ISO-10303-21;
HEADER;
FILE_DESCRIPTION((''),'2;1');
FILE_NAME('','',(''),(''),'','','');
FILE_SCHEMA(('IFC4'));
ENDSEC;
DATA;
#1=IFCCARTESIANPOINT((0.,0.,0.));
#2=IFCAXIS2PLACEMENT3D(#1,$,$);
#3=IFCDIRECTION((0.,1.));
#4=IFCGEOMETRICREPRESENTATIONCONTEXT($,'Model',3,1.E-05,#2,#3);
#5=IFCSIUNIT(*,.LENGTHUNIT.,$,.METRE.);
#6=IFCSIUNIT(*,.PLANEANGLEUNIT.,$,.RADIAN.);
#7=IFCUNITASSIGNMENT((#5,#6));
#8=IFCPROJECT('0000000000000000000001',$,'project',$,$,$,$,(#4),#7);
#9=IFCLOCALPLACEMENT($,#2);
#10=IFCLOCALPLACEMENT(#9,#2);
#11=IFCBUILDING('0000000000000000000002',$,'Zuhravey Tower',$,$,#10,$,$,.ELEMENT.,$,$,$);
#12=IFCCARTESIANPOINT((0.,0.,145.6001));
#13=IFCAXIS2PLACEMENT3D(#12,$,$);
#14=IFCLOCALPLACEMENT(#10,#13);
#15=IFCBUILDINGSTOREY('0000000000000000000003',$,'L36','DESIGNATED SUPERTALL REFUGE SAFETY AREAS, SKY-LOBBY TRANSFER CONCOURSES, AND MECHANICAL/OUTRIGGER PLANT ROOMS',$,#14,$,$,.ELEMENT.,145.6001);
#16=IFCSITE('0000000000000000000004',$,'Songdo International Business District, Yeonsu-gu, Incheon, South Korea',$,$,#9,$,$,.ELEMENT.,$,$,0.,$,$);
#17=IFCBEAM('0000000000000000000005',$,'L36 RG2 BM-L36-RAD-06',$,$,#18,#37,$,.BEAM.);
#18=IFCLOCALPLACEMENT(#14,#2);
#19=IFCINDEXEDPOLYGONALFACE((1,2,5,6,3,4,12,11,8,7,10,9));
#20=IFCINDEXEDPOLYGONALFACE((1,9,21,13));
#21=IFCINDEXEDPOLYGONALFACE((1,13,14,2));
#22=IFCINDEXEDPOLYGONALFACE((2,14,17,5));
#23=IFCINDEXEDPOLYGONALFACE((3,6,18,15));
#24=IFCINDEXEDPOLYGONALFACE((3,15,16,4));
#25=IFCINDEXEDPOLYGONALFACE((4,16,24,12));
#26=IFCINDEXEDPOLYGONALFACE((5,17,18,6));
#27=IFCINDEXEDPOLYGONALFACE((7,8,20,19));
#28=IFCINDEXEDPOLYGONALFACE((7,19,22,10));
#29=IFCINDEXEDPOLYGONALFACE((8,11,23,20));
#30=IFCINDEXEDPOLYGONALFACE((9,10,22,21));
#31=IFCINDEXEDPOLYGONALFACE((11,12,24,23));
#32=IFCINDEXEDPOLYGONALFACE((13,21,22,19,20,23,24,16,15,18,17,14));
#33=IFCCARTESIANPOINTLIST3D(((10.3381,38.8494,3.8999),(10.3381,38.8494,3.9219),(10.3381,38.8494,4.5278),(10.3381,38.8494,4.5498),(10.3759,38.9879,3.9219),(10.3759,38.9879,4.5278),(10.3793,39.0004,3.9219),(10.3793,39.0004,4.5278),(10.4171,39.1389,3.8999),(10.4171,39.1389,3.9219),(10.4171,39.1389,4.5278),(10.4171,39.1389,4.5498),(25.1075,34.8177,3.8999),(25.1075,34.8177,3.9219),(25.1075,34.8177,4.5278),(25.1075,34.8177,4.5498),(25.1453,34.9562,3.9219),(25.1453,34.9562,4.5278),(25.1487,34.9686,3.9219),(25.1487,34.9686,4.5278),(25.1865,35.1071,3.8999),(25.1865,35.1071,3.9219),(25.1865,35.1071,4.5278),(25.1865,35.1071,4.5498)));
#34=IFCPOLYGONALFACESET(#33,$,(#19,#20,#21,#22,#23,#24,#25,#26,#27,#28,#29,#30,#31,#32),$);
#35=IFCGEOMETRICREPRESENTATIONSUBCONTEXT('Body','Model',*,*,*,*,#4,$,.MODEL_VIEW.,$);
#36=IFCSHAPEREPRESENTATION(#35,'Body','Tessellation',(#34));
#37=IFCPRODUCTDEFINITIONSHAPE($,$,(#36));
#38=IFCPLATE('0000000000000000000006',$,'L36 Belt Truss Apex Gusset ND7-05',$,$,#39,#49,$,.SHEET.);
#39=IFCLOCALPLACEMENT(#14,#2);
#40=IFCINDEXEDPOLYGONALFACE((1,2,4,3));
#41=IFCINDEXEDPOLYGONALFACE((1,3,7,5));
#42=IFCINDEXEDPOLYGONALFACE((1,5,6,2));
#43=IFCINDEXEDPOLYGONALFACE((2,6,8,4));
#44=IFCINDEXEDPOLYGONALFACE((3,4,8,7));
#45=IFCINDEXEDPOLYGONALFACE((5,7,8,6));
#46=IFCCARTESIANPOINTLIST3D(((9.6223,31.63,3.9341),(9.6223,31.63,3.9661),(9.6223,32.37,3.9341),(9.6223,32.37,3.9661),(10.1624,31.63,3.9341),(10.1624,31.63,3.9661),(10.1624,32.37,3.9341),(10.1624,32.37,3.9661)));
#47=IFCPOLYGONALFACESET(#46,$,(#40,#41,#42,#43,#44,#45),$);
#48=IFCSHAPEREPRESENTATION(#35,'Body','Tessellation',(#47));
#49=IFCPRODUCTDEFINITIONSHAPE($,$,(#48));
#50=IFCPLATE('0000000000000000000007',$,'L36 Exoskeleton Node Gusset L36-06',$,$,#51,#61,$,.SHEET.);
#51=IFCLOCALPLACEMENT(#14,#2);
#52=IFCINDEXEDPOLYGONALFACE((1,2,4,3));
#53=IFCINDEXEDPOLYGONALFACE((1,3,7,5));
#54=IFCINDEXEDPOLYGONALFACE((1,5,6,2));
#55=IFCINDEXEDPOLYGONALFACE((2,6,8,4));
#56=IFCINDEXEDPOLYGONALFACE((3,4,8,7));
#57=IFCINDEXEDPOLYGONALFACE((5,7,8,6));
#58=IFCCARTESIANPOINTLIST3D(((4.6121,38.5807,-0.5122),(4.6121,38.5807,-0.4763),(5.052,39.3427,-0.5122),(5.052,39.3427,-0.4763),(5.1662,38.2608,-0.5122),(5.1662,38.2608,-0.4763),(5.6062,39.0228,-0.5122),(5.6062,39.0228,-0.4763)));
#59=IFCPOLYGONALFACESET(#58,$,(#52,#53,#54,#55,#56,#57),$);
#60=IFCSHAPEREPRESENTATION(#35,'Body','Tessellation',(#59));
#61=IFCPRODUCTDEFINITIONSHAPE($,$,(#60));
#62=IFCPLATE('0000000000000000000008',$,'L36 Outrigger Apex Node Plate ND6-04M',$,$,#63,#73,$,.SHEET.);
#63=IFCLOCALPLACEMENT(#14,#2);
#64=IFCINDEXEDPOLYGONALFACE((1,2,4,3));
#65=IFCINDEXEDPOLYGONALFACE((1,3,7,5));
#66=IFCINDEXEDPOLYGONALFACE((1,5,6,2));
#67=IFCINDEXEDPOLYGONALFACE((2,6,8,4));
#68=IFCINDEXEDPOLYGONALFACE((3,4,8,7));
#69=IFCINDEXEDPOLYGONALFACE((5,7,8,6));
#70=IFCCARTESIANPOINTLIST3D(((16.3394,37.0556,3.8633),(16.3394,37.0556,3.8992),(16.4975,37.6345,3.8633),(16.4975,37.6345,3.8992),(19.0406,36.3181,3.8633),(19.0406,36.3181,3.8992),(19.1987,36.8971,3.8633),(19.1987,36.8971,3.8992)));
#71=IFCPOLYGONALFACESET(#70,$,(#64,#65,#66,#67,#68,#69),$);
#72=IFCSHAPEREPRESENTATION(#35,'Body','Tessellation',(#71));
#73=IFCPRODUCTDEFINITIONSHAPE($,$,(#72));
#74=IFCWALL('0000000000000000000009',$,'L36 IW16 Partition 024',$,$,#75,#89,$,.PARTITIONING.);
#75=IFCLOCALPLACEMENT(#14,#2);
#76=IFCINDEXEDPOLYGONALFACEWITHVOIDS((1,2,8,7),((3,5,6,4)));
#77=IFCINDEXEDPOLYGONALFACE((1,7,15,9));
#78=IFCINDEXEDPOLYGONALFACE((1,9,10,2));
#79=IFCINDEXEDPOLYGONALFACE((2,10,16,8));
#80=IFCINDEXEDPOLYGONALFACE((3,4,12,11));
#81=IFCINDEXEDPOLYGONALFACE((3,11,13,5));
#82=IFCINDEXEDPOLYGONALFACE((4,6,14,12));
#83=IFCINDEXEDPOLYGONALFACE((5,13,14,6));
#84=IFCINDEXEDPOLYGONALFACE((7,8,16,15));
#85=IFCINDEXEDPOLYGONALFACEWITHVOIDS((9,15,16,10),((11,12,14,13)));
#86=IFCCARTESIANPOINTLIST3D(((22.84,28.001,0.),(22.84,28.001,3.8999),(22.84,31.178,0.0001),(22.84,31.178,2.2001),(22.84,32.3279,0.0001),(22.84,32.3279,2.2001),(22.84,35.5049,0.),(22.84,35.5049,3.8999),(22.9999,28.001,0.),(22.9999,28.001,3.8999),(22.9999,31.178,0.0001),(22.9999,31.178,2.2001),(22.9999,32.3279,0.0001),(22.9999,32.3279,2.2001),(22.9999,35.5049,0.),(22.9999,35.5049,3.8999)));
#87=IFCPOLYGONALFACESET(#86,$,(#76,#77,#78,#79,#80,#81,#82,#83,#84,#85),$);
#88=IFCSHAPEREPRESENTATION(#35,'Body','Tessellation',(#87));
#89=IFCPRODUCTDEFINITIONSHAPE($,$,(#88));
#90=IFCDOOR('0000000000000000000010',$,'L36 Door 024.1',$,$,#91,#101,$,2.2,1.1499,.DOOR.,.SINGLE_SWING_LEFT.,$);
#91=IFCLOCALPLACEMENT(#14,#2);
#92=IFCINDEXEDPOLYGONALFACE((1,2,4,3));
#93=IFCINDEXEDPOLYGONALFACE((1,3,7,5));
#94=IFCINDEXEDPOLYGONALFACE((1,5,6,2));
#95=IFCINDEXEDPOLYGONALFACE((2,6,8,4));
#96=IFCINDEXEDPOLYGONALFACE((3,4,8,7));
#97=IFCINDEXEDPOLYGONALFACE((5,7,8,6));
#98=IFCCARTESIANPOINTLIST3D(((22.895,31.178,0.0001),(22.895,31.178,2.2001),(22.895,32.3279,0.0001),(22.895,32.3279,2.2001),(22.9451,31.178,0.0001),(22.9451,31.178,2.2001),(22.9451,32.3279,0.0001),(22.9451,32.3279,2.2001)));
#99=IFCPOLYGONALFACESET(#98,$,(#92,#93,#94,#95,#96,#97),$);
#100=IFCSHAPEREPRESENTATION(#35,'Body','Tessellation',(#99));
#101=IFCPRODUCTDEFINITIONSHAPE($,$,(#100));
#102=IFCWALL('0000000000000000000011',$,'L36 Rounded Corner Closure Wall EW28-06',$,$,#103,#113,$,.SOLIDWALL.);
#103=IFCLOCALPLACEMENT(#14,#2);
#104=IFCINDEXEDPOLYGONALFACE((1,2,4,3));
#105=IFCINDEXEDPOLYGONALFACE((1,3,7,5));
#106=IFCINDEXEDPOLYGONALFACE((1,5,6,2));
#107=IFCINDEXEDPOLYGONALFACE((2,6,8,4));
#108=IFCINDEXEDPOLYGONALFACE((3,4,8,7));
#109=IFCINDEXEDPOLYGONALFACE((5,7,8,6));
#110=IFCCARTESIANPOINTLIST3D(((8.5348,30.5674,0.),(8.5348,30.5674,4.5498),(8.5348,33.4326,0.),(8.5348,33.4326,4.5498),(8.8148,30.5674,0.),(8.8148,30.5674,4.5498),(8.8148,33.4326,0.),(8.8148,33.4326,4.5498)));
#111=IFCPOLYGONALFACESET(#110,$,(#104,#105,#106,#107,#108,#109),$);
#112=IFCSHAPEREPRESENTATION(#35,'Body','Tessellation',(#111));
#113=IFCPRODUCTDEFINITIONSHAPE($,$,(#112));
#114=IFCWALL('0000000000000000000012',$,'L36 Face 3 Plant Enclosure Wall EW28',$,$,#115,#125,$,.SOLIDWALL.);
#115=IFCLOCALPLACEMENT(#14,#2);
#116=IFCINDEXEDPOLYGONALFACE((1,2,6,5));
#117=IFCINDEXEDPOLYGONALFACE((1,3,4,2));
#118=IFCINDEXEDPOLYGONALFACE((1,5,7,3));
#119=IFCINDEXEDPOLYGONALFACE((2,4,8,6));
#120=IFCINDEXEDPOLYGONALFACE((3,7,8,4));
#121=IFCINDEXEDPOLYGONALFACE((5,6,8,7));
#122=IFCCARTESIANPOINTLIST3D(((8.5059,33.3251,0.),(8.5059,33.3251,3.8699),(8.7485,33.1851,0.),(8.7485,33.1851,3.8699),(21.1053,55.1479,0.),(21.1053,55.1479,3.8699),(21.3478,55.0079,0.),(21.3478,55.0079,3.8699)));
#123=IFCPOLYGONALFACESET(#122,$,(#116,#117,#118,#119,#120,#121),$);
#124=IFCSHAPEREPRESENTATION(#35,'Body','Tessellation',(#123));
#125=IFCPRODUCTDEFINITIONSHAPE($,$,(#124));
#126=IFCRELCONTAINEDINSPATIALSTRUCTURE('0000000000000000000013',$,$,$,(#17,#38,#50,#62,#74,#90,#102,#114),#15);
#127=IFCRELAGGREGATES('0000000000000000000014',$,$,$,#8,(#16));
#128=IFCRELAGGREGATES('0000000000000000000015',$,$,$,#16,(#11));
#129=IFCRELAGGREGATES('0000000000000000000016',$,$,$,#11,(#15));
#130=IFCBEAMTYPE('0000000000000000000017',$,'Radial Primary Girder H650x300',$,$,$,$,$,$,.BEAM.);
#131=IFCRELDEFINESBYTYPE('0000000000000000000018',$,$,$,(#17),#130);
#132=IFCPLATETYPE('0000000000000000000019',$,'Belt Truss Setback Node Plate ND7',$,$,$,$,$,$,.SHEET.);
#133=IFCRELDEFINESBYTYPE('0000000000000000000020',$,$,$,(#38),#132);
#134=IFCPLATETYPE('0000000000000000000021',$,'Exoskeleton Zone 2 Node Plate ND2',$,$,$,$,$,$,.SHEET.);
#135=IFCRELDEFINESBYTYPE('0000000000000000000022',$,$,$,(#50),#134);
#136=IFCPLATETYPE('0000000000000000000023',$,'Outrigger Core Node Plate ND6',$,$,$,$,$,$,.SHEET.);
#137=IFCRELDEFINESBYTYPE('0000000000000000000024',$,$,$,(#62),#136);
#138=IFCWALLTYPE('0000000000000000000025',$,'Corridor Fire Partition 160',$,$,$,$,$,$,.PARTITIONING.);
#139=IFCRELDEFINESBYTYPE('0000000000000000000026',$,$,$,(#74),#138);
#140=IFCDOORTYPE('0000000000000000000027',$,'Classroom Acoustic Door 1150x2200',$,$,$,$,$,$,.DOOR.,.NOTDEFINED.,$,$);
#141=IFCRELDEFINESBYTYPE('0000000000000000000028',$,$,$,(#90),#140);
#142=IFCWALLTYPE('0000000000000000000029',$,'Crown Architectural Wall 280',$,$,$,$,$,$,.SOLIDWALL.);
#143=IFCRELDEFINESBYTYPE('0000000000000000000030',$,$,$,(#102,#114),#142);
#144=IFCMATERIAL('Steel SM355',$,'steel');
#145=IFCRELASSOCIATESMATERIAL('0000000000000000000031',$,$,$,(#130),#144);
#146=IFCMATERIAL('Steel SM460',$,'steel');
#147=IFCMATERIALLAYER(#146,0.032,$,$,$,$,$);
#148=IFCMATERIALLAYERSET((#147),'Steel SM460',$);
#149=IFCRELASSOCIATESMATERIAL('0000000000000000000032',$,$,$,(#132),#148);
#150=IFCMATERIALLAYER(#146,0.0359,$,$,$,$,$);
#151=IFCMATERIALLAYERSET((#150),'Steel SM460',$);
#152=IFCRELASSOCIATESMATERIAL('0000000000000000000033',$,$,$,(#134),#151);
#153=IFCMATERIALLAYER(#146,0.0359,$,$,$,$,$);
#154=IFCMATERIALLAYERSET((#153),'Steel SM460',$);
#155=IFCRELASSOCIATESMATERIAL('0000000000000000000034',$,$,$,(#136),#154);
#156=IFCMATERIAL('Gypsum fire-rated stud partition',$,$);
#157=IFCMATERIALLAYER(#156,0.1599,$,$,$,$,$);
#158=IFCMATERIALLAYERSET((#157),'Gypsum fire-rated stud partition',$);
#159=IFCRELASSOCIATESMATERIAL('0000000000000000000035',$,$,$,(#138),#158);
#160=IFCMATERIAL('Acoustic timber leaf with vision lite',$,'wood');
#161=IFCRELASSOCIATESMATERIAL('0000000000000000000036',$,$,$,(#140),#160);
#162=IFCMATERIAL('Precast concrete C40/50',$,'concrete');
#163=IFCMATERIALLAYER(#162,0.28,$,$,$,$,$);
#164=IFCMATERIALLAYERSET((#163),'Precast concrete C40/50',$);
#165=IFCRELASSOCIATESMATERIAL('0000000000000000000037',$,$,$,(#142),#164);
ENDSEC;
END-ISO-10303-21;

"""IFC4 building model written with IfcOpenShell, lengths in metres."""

from ifc_helpers import new_model, si_unit, direction, frame, frame_2d, origin, origin_2d, place, context, subcontext, project, spatial, rectangle, i_section, extrude, material, layer, layer_set, material_profile, profile_set, type_object, element, fill, save


model = new_model("IFC4")

# Units and contexts
model_context = context("Model", 3, precision=1e-05, world=origin(), true_north=direction((0.0, 1.0)))
body_context = subcontext(model_context, "Body", "Model", "MODEL_VIEW")
ifc_project = project(units=[si_unit("LENGTHUNIT", "METRE"), si_unit("PLANEANGLEUNIT", "RADIAN")], contexts=[model_context])

# Site, building, storey
site_placement = place(None, origin())
site = spatial("IfcSite", under=ifc_project, at=site_placement, Name="Songdo International Business District, Yeonsu-gu, Incheon, South Korea", CompositionType="ELEMENT", RefElevation=0.0)
building_placement = place(site_placement, origin())
building = spatial("IfcBuilding", under=site, at=building_placement, Name="Zuhravey Tower", CompositionType="ELEMENT")
storey_placement = place(building_placement, frame((0.0, 0.0, 145.6001)))
storey = spatial("IfcBuildingStorey", under=building, at=storey_placement, Name="L36", Description="DESIGNATED SUPERTALL REFUGE SAFETY AREAS, SKY-LOBBY TRANSFER CONCOURSES, AND MECHANICAL/OUTRIGGER PLANT ROOMS", CompositionType="ELEMENT", Elevation=145.6001)

# Shared definitions
ifc_material_1 = material(Name="Steel SM355", Category="steel")
ifc_material_2 = material(Name="Steel SM460", Category="steel")

# Beam
ifc_material_profile_1 = material_profile(ifc_material_1, i_section(OverallWidth=0.3, OverallDepth=0.6499, WebThickness=0.0129, FlangeThickness=0.022, at=origin_2d()), Name="H-650x300x13x22")
ifc_profile_set_1 = profile_set([ifc_material_profile_1], Name="Steel SM355")
beam_type_1 = type_object("IfcBeamType", Name="Radial Primary Girder H650x300", PredefinedType="BEAM", material=ifc_profile_set_1)
beam_1_placement = place(storey_placement, frame((25.147, 34.9624, 4.2249), z_axis=(-0.964702, 0.263345, 0.0), x_axis=(-0.263345, -0.964702, 0.0)))
element("IfcBeam", 1, at=beam_1_placement, inside=storey, type_object=beam_type_1, Name="L36 RG2 BM-L36-RAD-06", PredefinedType="BEAM", context=body_context, shape_type="SweptSolid", body=[
    extrude(i_section(OverallWidth=0.3, OverallDepth=0.6499, WebThickness=0.0129, FlangeThickness=0.022, at=origin_2d()), origin(), (0.0, 0.0, 1.0), 15.3098),
])

# Plates
ifc_layer_1 = layer(ifc_material_2, 0.032)
ifc_layer_set_1 = layer_set([ifc_layer_1], Name="Steel SM460")
plate_type_1 = type_object("IfcPlateType", Name="Belt Truss Setback Node Plate ND7", PredefinedType="SHEET", material=ifc_layer_set_1)
plate_1_placement = place(storey_placement, frame((9.8923, 32.0, 3.9341), z_axis=(0.0, 0.0, 1.0), x_axis=(0.0, -1.0, 0.0)))
element("IfcPlate", 2, at=plate_1_placement, inside=storey, type_object=plate_type_1, Name="L36 Belt Truss Apex Gusset ND7-05", PredefinedType="SHEET", context=body_context, shape_type="SweptSolid", body=[
    extrude(rectangle(XDim=0.74, YDim=0.54, at=origin_2d()), origin(), (0.0, 0.0, 1.0), 0.032),
])
ifc_layer_2 = layer(ifc_material_2, 0.0359)
ifc_layer_set_2 = layer_set([ifc_layer_2], Name="Steel SM460")
plate_type_2 = type_object("IfcPlateType", Name="Exoskeleton Zone 2 Node Plate ND2", PredefinedType="SHEET", material=ifc_layer_set_2)
plate_2_placement = place(storey_placement, frame((5.1091, 38.8018, -0.5122), z_axis=(0.0, 0.0, 1.0), x_axis=(-0.5, -0.866025, 0.0)))
element("IfcPlate", 3, at=plate_2_placement, inside=storey, type_object=plate_type_2, Name="L36 Exoskeleton Node Gusset L36-06", PredefinedType="SHEET", context=body_context, shape_type="SweptSolid", body=[
    extrude(rectangle(XDim=0.8799, YDim=0.6399, at=origin_2d()), origin(), (0.0, 0.0, 1.0), 0.0359),
])
ifc_layer_3 = layer(ifc_material_2, 0.0359)
ifc_layer_set_3 = layer_set([ifc_layer_3], Name="Steel SM460")
plate_type_3 = type_object("IfcPlateType", Name="Outrigger Core Node Plate ND6", PredefinedType="SHEET", material=ifc_layer_set_3)
plate_3_placement = place(storey_placement, frame((17.769, 36.9763, 3.8633), z_axis=(0.0, 0.0, 1.0), x_axis=(-0.964695, 0.263368, 0.0)))
element("IfcPlate", 4, at=plate_3_placement, inside=storey, type_object=plate_type_3, Name="L36 Outrigger Apex Node Plate ND6-04M", PredefinedType="SHEET", context=body_context, shape_type="SweptSolid", body=[
    extrude(rectangle(XDim=2.8, YDim=0.6001, at=origin_2d()), origin(), (0.0, 0.0, 1.0), 0.0359),
])

# Wall, opening, door
ifc_material_3 = material(Name="Gypsum fire-rated stud partition")
ifc_layer_4 = layer(ifc_material_3, 0.1599)
ifc_layer_set_4 = layer_set([ifc_layer_4], Name="Gypsum fire-rated stud partition")
wall_type_1 = type_object("IfcWallType", Name="Corridor Fire Partition 160", PredefinedType="PARTITIONING", material=ifc_layer_set_4)
wall_1_placement = place(storey_placement, frame((22.9199, 35.5049, 0.0), z_axis=(0.0, 0.0, 1.0), x_axis=(0.0, -1.0, 0.0)))
wall_1 = element("IfcWall", 5, at=wall_1_placement, inside=storey, type_object=wall_type_1, Name="L36 IW16 Partition 024", PredefinedType="PARTITIONING", context=body_context, shape_type="SweptSolid", body=[
    extrude(rectangle(XDim=7.5039, YDim=0.1599, at=frame_2d((3.752, 0.0))), origin(), (0.0, 0.0, 1.0), 3.8999),
])
opening_1_placement = place(wall_1_placement, frame((3.177, 0.0, 0.0)))
opening_1 = element("IfcOpeningElement", 6, at=opening_1_placement, cuts=wall_1, PredefinedType="OPENING", context=body_context, shape_type="SweptSolid", body=[
    extrude(rectangle(XDim=1.1499, YDim=2.2, at=frame_2d((0.575, 1.1001))), frame((0.0, 0.092, 0.0), z_axis=(0.0, -1.0, 0.0), x_axis=(1.0, 0.0, 0.0)), (0.0, 0.0, 1.0), 0.1838),
])
ifc_material_4 = material(Name="Acoustic timber leaf with vision lite", Category="wood")
door_type_1 = type_object("IfcDoorType", Name="Classroom Acoustic Door 1150x2200", OperationType="NOTDEFINED", PredefinedType="DOOR", material=ifc_material_4)
door_1_placement = place(opening_1_placement, frame((1.1499, 0.0, 0.0), z_axis=(0.0, 0.0, 1.0), x_axis=(-1.0, 0.0, 0.0)))
door_1 = element("IfcDoor", 7, at=door_1_placement, inside=storey, type_object=door_type_1, Name="L36 Door 024.1", OperationType="SINGLE_SWING_LEFT", OverallHeight=2.2, OverallWidth=1.1499, PredefinedType="DOOR", context=body_context, shape_type="SweptSolid", body=[
    extrude(rectangle(XDim=1.1499, YDim=2.2, at=frame_2d((0.575, 1.1001))), frame((0.0, 0.0249, 0.0), z_axis=(0.0, -1.0, 0.0), x_axis=(1.0, 0.0, 0.0)), (0.0, 0.0, 1.0), 0.05),
])
fill(opening_1, door_1)

# Walls
ifc_material_5 = material(Name="Precast concrete C40/50", Category="concrete")
ifc_layer_5 = layer(ifc_material_5, 0.28)
ifc_layer_set_5 = layer_set([ifc_layer_5], Name="Precast concrete C40/50")
wall_type_2 = type_object("IfcWallType", Name="Crown Architectural Wall 280", PredefinedType="SOLIDWALL", material=ifc_layer_set_5)
wall_2_placement = place(storey_placement, frame((8.6748, 30.5674, 0.0), z_axis=(0.0, 0.0, 1.0), x_axis=(0.0, 1.0, 0.0)))
element("IfcWall", 8, at=wall_2_placement, inside=storey, type_object=wall_type_2, Name="L36 Rounded Corner Closure Wall EW28-06", PredefinedType="SOLIDWALL", context=body_context, shape_type="SweptSolid", body=[
    extrude(rectangle(XDim=2.8652, YDim=0.28, at=frame_2d((1.4326, 0.0))), origin(), (0.0, 0.0, 1.0), 4.5498),
])
wall_3_placement = place(storey_placement, frame((8.6272, 33.2551, 0.0), z_axis=(0.0, 0.0, 1.0), x_axis=(0.5, 0.866026, 0.0)))
element("IfcWall", 9, at=wall_3_placement, inside=storey, type_object=wall_type_2, Name="L36 Face 3 Plant Enclosure Wall EW28", PredefinedType="SOLIDWALL", context=body_context, shape_type="SweptSolid", body=[
    extrude(rectangle(XDim=25.1987, YDim=0.28, at=frame_2d((12.5994, 0.0))), origin(), (0.0, 0.0, 1.0), 3.8699),
])

save(model, "model.ifc")
